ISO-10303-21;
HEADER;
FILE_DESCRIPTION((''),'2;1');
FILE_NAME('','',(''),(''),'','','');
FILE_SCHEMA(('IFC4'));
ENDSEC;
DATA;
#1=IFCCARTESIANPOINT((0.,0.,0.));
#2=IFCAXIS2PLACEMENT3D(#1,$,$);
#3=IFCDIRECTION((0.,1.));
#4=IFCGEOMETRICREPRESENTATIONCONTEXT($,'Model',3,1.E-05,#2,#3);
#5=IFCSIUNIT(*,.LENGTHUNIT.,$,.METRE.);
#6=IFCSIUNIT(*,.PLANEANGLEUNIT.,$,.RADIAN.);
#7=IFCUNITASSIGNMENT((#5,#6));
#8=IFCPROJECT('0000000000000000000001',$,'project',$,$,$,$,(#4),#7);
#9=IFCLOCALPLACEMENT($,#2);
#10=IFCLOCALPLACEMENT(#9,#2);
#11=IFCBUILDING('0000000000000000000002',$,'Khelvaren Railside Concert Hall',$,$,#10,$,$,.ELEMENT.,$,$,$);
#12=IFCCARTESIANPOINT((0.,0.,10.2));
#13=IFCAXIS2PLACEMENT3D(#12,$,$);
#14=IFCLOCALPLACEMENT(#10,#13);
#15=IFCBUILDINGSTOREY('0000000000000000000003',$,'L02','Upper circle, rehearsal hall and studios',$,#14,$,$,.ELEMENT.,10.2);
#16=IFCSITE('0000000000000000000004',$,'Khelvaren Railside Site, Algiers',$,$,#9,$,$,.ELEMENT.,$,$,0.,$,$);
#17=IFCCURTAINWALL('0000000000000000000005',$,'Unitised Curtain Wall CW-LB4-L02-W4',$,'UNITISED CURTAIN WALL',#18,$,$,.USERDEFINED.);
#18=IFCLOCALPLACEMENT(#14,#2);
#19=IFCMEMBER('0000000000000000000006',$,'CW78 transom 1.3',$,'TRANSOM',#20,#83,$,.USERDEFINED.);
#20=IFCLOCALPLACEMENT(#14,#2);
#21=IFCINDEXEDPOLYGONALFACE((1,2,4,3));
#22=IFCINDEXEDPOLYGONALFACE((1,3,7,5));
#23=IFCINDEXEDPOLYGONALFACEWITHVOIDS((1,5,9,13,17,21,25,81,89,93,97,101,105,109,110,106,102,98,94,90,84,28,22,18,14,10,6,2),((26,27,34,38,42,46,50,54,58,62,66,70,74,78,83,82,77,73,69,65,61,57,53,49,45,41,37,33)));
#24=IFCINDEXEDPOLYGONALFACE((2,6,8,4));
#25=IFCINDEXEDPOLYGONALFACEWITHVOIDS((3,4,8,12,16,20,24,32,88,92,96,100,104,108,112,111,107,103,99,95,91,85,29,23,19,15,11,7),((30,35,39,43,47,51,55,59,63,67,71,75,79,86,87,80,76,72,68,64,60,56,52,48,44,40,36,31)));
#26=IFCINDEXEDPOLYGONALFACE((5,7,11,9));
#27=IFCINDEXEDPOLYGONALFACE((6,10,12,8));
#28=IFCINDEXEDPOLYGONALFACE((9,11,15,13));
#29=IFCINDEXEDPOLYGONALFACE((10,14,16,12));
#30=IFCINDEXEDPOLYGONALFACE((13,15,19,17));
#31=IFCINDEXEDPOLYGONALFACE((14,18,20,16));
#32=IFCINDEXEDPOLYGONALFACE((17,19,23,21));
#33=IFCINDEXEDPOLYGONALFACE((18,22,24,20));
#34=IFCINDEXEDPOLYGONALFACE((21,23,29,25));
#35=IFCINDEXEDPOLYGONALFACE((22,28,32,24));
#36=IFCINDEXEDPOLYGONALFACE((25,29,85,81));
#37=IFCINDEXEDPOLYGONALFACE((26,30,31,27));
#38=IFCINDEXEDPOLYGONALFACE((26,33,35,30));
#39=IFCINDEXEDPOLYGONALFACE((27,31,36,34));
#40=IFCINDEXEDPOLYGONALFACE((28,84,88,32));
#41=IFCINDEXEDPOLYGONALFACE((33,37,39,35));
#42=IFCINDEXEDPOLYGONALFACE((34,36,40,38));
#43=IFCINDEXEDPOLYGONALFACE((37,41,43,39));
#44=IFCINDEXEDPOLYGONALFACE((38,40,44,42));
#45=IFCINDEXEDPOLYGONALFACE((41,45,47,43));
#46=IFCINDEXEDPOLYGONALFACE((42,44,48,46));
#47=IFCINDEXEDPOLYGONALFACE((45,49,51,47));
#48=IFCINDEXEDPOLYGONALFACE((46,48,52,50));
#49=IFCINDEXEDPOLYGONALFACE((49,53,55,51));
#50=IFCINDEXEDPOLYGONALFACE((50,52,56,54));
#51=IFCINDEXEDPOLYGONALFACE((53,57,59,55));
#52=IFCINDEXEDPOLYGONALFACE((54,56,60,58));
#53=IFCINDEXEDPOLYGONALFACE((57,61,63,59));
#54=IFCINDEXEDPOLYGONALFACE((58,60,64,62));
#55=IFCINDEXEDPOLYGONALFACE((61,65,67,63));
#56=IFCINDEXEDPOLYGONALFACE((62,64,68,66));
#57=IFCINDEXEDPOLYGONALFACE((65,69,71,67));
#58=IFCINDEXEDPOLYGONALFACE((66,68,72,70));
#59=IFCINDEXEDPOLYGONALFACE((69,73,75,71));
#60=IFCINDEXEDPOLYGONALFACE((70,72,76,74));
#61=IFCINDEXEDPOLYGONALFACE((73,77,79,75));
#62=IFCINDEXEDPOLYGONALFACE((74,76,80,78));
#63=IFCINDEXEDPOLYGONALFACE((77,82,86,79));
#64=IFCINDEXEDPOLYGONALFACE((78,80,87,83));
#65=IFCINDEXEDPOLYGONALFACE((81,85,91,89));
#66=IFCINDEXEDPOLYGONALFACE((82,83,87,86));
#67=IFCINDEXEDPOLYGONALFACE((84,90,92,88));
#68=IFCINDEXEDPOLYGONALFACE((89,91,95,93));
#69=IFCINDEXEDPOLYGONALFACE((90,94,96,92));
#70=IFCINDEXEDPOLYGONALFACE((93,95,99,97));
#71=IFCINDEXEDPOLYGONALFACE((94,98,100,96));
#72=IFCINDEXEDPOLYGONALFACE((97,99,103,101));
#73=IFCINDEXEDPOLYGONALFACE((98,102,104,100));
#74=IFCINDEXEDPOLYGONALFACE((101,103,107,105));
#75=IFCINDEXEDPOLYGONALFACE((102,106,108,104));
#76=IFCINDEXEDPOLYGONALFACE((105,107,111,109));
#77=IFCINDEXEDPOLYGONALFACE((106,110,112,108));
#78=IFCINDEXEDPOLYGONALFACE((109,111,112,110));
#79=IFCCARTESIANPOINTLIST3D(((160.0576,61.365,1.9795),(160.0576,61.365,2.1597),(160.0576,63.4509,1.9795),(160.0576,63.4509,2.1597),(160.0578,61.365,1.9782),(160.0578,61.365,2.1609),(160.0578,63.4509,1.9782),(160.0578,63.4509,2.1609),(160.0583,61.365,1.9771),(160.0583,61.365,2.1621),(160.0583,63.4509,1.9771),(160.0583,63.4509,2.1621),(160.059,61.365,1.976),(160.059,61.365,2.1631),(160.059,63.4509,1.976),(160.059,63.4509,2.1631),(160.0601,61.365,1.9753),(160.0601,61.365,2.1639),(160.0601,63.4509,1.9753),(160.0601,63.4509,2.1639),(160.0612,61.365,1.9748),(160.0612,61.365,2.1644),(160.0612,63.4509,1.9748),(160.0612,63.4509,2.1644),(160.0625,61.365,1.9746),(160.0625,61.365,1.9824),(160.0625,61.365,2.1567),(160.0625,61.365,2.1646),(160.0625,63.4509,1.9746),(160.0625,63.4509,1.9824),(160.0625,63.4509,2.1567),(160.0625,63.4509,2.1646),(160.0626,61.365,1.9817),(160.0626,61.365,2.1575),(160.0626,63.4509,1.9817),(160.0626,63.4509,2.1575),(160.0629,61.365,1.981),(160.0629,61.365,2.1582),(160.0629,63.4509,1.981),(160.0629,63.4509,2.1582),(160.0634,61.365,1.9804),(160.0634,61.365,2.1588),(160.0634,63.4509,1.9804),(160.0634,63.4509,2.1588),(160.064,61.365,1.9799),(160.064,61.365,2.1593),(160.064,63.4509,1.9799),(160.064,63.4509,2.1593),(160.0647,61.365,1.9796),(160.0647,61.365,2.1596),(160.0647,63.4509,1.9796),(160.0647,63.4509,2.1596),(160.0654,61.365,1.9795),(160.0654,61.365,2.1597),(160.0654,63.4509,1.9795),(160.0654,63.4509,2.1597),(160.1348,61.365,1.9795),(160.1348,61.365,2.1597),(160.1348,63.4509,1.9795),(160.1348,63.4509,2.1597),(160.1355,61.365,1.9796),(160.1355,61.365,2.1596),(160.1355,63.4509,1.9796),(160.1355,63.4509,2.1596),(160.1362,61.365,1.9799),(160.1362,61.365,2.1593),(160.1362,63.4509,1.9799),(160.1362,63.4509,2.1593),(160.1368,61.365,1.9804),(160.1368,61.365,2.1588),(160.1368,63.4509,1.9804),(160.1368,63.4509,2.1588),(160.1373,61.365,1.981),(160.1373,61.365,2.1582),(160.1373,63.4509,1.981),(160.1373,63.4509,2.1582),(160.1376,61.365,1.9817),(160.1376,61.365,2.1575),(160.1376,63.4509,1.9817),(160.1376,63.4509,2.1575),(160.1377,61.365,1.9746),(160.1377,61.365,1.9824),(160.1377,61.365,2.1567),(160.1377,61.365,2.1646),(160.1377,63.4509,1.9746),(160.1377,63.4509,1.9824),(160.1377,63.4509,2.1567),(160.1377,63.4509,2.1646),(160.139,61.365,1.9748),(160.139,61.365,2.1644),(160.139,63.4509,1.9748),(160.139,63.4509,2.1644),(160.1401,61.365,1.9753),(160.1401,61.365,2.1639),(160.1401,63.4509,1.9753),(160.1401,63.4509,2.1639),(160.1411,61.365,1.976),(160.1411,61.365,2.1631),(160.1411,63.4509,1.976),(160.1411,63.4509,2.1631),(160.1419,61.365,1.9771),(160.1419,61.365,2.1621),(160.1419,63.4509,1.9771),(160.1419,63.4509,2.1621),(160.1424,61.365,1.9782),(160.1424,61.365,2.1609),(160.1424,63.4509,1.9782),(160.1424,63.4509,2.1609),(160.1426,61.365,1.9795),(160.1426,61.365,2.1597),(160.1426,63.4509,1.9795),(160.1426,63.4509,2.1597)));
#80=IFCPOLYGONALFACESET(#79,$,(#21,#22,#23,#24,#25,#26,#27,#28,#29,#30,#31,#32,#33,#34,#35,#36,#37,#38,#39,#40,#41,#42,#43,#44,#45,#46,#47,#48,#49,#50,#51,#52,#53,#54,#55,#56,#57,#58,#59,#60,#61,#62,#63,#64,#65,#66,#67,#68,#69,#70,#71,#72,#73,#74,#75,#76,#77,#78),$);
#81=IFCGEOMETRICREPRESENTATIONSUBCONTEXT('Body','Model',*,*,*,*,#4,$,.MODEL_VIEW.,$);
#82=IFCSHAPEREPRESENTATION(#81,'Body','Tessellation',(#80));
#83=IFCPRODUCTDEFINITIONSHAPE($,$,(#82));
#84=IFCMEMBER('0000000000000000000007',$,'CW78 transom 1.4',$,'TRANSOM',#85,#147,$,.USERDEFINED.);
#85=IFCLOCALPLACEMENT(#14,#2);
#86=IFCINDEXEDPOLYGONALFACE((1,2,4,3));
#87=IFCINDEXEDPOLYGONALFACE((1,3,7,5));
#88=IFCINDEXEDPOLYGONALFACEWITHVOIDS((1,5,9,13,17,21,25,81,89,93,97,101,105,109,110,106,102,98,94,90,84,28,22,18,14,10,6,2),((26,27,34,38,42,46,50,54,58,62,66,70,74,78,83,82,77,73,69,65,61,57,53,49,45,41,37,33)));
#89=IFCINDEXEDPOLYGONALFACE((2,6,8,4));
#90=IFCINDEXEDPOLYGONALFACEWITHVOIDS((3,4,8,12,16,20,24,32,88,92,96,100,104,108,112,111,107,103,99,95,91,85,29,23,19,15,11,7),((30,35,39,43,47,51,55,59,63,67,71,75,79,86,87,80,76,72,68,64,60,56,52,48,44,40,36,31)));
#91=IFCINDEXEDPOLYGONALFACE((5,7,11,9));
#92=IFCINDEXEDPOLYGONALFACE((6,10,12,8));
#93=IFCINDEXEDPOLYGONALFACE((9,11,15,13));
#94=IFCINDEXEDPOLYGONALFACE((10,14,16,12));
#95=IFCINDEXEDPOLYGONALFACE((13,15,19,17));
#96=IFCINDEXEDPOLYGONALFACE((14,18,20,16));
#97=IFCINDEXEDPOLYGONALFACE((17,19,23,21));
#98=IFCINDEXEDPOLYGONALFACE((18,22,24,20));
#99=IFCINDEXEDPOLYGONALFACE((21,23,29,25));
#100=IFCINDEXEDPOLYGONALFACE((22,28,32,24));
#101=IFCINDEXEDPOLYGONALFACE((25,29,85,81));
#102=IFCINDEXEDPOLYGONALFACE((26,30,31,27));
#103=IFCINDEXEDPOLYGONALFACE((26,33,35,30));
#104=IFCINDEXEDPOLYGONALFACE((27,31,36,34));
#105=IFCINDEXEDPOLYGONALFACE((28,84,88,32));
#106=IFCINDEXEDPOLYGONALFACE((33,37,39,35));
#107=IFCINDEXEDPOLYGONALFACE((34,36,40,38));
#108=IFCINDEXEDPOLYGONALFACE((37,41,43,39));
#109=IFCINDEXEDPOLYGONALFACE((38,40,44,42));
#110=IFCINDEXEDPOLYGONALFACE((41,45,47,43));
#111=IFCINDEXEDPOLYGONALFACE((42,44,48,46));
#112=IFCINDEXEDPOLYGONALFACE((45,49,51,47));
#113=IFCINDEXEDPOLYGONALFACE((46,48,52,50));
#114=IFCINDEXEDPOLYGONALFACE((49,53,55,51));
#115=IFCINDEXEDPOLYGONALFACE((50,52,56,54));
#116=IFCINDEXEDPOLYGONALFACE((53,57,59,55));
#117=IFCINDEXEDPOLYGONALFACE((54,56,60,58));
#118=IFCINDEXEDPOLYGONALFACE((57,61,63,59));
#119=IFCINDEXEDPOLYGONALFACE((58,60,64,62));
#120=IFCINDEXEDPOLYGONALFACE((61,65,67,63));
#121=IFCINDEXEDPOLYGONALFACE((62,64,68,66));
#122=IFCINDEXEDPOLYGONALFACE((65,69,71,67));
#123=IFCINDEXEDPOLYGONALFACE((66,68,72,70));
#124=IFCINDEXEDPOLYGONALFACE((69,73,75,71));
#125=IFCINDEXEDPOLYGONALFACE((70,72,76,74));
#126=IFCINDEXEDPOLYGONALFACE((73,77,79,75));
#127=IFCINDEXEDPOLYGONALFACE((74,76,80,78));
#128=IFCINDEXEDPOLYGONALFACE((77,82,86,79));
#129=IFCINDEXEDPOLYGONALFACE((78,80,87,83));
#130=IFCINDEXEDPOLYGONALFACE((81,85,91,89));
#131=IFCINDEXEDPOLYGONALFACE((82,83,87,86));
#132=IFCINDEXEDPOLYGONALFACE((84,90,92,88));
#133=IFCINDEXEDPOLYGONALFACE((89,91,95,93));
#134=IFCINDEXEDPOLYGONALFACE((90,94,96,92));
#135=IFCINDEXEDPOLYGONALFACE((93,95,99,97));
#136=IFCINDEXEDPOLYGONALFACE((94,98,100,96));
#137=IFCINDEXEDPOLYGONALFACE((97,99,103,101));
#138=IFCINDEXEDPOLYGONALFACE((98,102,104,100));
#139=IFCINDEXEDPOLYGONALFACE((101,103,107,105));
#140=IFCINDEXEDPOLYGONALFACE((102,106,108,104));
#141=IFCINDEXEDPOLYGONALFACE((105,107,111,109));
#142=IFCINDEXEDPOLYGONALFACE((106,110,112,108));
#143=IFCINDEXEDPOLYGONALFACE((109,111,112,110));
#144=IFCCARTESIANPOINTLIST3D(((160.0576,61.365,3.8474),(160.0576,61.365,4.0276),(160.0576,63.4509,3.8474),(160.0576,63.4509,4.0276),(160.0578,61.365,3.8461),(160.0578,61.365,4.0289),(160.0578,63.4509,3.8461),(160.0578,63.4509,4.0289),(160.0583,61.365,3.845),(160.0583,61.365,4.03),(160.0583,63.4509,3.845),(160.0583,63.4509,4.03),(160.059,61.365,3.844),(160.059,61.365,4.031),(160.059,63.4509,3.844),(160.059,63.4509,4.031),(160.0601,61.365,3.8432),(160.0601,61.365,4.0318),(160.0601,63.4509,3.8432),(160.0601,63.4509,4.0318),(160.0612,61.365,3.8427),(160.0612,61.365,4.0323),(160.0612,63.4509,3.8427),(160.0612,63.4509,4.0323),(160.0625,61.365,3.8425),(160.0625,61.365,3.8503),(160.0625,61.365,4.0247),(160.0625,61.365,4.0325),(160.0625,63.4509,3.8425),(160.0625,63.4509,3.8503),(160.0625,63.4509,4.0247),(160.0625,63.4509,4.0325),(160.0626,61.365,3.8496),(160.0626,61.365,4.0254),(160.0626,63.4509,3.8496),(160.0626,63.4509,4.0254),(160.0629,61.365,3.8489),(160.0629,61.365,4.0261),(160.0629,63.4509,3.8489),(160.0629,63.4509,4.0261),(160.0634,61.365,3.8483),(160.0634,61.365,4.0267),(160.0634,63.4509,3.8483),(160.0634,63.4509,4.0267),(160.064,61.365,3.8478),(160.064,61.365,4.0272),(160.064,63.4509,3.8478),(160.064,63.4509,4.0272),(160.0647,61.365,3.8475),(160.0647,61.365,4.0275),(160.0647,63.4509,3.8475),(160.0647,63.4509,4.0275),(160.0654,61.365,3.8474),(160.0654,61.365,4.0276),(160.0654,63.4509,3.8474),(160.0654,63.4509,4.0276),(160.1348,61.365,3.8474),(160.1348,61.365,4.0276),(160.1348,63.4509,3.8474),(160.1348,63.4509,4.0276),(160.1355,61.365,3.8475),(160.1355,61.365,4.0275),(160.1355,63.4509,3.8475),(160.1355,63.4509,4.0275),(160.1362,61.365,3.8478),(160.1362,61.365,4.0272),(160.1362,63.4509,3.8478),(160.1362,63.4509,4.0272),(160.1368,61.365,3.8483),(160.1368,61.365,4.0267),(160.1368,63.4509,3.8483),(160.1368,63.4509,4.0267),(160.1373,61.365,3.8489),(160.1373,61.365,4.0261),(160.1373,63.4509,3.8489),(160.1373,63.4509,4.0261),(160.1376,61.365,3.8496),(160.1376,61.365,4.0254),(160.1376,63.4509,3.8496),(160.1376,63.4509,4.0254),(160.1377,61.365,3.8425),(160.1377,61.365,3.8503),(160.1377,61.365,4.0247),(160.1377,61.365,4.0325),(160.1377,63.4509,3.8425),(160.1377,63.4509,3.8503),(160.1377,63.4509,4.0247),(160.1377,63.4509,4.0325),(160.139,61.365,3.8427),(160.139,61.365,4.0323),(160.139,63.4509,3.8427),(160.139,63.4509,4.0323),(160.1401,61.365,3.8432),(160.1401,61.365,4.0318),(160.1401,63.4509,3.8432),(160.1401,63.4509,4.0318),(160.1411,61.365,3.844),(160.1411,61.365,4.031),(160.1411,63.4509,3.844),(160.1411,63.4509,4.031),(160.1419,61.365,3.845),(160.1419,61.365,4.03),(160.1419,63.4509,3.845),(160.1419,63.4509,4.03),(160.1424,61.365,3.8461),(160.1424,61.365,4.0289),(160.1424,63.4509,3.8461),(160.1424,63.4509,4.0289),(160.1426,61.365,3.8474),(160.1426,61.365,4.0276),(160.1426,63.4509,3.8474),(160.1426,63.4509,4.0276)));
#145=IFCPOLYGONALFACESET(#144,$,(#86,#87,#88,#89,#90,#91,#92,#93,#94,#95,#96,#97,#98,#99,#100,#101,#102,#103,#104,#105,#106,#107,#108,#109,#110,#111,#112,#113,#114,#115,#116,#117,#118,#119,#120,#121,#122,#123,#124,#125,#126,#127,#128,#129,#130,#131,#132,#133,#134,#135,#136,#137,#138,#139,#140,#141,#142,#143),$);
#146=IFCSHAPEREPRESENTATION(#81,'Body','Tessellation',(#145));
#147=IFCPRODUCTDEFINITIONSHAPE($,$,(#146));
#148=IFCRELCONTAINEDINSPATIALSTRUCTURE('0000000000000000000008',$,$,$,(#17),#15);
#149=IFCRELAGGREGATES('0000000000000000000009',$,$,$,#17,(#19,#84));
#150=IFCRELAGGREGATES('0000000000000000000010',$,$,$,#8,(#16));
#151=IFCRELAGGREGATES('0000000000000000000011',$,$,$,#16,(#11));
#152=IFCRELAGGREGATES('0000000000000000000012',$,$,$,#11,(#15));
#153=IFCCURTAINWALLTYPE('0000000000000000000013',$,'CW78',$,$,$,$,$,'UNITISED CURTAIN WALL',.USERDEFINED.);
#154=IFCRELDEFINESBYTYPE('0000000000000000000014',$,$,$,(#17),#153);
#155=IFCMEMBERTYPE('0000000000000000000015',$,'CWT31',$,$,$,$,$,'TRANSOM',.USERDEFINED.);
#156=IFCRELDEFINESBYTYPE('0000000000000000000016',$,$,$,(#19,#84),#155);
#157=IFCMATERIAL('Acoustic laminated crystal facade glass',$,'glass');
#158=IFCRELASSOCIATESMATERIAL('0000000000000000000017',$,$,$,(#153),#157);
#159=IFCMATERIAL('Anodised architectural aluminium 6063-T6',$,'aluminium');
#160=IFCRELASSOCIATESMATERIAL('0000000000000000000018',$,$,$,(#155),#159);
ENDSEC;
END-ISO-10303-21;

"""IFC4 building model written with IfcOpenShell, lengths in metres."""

from ifc_helpers import new_model, si_unit, direction, frame, origin, origin_2d, place, context, subcontext, project, spatial, hollow_rectangle, extrude, material, material_profile, profile_set, type_object, element, aggregate, save


model = new_model("IFC4")

# Units and contexts
model_context = context("Model", 3, precision=1e-05, world=origin(), true_north=direction((0.0, 1.0)))
body_context = subcontext(model_context, "Body", "Model", "MODEL_VIEW")
ifc_project = project(units=[si_unit("LENGTHUNIT", "METRE"), si_unit("PLANEANGLEUNIT", "RADIAN")], contexts=[model_context])

# Site, building, storey
site_placement = place(None, origin())
site = spatial("IfcSite", under=ifc_project, at=site_placement, Name="Khelvaren Railside Site, Algiers", CompositionType="ELEMENT", RefElevation=0.0)
building_placement = place(site_placement, origin())
building = spatial("IfcBuilding", under=site, at=building_placement, Name="Khelvaren Railside Concert Hall", CompositionType="ELEMENT")
storey_placement = place(building_placement, frame((0.0, 0.0, 10.2)))
storey = spatial("IfcBuildingStorey", under=building, at=storey_placement, Name="L02", Description="Upper circle, rehearsal hall and studios", CompositionType="ELEMENT", Elevation=10.2)

# Shared definitions
ifc_material_1 = material(Name="Acoustic laminated crystal facade glass", Category="glass")
curtain_wall_type = type_object("IfcCurtainWallType", Name="CW78", ElementType="UNITISED CURTAIN WALL", PredefinedType="USERDEFINED", material=ifc_material_1)
ifc_material_2 = material(Name="Anodised architectural aluminium 6063-T6", Category="aluminium")

# Curtain wall, members
curtain_wall_1_placement = place(storey_placement, origin())
curtain_wall_1 = element("IfcCurtainWall", 1, at=curtain_wall_1_placement, inside=storey, type_object=curtain_wall_type, Name="Unitised Curtain Wall CW-LB4-L02-W4", ObjectType="UNITISED CURTAIN WALL", PredefinedType="USERDEFINED")
ifc_material_profile_1 = material_profile(ifc_material_2, hollow_rectangle(XDim=0.085, YDim=0.1899, WallThickness=0.0049, InnerFilletRadius=0.0029, OuterFilletRadius=0.0049, at=origin_2d()), Name="CWT 85x190x5")
ifc_profile_set_1 = profile_set([ifc_material_profile_1], Name="Anodised architectural aluminium 6063-T6")
member_type_1 = type_object("IfcMemberType", Name="CWT31", ElementType="TRANSOM", PredefinedType="USERDEFINED", material=ifc_profile_set_1)
member_1_placement = place(storey_placement, frame((160.1001, 61.365, 2.0696), z_axis=(0.0, 1.0, 0.0), x_axis=(-1.0, 0.0, 0.0)))
member_1 = element("IfcMember", 2, at=member_1_placement, type_object=member_type_1, Name="CW78 transom 1.3", ObjectType="TRANSOM", PredefinedType="USERDEFINED", context=body_context, shape_type="SweptSolid", body=[
    extrude(hollow_rectangle(XDim=0.085, YDim=0.1899, WallThickness=0.0049, InnerFilletRadius=0.0029, OuterFilletRadius=0.0049, at=origin_2d()), origin(), (0.0, 0.0, 1.0), 2.0859),
])
member_2_placement = place(storey_placement, frame((160.1001, 61.365, 3.9375), z_axis=(0.0, 1.0, 0.0), x_axis=(-1.0, 0.0, 0.0)))
member_2 = element("IfcMember", 3, at=member_2_placement, type_object=member_type_1, Name="CW78 transom 1.4", ObjectType="TRANSOM", PredefinedType="USERDEFINED", context=body_context, shape_type="SweptSolid", body=[
    extrude(hollow_rectangle(XDim=0.085, YDim=0.1899, WallThickness=0.0049, InnerFilletRadius=0.0029, OuterFilletRadius=0.0049, at=origin_2d()), origin(), (0.0, 0.0, 1.0), 2.0859),
])

aggregate(curtain_wall_1, [member_1, member_2])

save(model, "model.ifc")
